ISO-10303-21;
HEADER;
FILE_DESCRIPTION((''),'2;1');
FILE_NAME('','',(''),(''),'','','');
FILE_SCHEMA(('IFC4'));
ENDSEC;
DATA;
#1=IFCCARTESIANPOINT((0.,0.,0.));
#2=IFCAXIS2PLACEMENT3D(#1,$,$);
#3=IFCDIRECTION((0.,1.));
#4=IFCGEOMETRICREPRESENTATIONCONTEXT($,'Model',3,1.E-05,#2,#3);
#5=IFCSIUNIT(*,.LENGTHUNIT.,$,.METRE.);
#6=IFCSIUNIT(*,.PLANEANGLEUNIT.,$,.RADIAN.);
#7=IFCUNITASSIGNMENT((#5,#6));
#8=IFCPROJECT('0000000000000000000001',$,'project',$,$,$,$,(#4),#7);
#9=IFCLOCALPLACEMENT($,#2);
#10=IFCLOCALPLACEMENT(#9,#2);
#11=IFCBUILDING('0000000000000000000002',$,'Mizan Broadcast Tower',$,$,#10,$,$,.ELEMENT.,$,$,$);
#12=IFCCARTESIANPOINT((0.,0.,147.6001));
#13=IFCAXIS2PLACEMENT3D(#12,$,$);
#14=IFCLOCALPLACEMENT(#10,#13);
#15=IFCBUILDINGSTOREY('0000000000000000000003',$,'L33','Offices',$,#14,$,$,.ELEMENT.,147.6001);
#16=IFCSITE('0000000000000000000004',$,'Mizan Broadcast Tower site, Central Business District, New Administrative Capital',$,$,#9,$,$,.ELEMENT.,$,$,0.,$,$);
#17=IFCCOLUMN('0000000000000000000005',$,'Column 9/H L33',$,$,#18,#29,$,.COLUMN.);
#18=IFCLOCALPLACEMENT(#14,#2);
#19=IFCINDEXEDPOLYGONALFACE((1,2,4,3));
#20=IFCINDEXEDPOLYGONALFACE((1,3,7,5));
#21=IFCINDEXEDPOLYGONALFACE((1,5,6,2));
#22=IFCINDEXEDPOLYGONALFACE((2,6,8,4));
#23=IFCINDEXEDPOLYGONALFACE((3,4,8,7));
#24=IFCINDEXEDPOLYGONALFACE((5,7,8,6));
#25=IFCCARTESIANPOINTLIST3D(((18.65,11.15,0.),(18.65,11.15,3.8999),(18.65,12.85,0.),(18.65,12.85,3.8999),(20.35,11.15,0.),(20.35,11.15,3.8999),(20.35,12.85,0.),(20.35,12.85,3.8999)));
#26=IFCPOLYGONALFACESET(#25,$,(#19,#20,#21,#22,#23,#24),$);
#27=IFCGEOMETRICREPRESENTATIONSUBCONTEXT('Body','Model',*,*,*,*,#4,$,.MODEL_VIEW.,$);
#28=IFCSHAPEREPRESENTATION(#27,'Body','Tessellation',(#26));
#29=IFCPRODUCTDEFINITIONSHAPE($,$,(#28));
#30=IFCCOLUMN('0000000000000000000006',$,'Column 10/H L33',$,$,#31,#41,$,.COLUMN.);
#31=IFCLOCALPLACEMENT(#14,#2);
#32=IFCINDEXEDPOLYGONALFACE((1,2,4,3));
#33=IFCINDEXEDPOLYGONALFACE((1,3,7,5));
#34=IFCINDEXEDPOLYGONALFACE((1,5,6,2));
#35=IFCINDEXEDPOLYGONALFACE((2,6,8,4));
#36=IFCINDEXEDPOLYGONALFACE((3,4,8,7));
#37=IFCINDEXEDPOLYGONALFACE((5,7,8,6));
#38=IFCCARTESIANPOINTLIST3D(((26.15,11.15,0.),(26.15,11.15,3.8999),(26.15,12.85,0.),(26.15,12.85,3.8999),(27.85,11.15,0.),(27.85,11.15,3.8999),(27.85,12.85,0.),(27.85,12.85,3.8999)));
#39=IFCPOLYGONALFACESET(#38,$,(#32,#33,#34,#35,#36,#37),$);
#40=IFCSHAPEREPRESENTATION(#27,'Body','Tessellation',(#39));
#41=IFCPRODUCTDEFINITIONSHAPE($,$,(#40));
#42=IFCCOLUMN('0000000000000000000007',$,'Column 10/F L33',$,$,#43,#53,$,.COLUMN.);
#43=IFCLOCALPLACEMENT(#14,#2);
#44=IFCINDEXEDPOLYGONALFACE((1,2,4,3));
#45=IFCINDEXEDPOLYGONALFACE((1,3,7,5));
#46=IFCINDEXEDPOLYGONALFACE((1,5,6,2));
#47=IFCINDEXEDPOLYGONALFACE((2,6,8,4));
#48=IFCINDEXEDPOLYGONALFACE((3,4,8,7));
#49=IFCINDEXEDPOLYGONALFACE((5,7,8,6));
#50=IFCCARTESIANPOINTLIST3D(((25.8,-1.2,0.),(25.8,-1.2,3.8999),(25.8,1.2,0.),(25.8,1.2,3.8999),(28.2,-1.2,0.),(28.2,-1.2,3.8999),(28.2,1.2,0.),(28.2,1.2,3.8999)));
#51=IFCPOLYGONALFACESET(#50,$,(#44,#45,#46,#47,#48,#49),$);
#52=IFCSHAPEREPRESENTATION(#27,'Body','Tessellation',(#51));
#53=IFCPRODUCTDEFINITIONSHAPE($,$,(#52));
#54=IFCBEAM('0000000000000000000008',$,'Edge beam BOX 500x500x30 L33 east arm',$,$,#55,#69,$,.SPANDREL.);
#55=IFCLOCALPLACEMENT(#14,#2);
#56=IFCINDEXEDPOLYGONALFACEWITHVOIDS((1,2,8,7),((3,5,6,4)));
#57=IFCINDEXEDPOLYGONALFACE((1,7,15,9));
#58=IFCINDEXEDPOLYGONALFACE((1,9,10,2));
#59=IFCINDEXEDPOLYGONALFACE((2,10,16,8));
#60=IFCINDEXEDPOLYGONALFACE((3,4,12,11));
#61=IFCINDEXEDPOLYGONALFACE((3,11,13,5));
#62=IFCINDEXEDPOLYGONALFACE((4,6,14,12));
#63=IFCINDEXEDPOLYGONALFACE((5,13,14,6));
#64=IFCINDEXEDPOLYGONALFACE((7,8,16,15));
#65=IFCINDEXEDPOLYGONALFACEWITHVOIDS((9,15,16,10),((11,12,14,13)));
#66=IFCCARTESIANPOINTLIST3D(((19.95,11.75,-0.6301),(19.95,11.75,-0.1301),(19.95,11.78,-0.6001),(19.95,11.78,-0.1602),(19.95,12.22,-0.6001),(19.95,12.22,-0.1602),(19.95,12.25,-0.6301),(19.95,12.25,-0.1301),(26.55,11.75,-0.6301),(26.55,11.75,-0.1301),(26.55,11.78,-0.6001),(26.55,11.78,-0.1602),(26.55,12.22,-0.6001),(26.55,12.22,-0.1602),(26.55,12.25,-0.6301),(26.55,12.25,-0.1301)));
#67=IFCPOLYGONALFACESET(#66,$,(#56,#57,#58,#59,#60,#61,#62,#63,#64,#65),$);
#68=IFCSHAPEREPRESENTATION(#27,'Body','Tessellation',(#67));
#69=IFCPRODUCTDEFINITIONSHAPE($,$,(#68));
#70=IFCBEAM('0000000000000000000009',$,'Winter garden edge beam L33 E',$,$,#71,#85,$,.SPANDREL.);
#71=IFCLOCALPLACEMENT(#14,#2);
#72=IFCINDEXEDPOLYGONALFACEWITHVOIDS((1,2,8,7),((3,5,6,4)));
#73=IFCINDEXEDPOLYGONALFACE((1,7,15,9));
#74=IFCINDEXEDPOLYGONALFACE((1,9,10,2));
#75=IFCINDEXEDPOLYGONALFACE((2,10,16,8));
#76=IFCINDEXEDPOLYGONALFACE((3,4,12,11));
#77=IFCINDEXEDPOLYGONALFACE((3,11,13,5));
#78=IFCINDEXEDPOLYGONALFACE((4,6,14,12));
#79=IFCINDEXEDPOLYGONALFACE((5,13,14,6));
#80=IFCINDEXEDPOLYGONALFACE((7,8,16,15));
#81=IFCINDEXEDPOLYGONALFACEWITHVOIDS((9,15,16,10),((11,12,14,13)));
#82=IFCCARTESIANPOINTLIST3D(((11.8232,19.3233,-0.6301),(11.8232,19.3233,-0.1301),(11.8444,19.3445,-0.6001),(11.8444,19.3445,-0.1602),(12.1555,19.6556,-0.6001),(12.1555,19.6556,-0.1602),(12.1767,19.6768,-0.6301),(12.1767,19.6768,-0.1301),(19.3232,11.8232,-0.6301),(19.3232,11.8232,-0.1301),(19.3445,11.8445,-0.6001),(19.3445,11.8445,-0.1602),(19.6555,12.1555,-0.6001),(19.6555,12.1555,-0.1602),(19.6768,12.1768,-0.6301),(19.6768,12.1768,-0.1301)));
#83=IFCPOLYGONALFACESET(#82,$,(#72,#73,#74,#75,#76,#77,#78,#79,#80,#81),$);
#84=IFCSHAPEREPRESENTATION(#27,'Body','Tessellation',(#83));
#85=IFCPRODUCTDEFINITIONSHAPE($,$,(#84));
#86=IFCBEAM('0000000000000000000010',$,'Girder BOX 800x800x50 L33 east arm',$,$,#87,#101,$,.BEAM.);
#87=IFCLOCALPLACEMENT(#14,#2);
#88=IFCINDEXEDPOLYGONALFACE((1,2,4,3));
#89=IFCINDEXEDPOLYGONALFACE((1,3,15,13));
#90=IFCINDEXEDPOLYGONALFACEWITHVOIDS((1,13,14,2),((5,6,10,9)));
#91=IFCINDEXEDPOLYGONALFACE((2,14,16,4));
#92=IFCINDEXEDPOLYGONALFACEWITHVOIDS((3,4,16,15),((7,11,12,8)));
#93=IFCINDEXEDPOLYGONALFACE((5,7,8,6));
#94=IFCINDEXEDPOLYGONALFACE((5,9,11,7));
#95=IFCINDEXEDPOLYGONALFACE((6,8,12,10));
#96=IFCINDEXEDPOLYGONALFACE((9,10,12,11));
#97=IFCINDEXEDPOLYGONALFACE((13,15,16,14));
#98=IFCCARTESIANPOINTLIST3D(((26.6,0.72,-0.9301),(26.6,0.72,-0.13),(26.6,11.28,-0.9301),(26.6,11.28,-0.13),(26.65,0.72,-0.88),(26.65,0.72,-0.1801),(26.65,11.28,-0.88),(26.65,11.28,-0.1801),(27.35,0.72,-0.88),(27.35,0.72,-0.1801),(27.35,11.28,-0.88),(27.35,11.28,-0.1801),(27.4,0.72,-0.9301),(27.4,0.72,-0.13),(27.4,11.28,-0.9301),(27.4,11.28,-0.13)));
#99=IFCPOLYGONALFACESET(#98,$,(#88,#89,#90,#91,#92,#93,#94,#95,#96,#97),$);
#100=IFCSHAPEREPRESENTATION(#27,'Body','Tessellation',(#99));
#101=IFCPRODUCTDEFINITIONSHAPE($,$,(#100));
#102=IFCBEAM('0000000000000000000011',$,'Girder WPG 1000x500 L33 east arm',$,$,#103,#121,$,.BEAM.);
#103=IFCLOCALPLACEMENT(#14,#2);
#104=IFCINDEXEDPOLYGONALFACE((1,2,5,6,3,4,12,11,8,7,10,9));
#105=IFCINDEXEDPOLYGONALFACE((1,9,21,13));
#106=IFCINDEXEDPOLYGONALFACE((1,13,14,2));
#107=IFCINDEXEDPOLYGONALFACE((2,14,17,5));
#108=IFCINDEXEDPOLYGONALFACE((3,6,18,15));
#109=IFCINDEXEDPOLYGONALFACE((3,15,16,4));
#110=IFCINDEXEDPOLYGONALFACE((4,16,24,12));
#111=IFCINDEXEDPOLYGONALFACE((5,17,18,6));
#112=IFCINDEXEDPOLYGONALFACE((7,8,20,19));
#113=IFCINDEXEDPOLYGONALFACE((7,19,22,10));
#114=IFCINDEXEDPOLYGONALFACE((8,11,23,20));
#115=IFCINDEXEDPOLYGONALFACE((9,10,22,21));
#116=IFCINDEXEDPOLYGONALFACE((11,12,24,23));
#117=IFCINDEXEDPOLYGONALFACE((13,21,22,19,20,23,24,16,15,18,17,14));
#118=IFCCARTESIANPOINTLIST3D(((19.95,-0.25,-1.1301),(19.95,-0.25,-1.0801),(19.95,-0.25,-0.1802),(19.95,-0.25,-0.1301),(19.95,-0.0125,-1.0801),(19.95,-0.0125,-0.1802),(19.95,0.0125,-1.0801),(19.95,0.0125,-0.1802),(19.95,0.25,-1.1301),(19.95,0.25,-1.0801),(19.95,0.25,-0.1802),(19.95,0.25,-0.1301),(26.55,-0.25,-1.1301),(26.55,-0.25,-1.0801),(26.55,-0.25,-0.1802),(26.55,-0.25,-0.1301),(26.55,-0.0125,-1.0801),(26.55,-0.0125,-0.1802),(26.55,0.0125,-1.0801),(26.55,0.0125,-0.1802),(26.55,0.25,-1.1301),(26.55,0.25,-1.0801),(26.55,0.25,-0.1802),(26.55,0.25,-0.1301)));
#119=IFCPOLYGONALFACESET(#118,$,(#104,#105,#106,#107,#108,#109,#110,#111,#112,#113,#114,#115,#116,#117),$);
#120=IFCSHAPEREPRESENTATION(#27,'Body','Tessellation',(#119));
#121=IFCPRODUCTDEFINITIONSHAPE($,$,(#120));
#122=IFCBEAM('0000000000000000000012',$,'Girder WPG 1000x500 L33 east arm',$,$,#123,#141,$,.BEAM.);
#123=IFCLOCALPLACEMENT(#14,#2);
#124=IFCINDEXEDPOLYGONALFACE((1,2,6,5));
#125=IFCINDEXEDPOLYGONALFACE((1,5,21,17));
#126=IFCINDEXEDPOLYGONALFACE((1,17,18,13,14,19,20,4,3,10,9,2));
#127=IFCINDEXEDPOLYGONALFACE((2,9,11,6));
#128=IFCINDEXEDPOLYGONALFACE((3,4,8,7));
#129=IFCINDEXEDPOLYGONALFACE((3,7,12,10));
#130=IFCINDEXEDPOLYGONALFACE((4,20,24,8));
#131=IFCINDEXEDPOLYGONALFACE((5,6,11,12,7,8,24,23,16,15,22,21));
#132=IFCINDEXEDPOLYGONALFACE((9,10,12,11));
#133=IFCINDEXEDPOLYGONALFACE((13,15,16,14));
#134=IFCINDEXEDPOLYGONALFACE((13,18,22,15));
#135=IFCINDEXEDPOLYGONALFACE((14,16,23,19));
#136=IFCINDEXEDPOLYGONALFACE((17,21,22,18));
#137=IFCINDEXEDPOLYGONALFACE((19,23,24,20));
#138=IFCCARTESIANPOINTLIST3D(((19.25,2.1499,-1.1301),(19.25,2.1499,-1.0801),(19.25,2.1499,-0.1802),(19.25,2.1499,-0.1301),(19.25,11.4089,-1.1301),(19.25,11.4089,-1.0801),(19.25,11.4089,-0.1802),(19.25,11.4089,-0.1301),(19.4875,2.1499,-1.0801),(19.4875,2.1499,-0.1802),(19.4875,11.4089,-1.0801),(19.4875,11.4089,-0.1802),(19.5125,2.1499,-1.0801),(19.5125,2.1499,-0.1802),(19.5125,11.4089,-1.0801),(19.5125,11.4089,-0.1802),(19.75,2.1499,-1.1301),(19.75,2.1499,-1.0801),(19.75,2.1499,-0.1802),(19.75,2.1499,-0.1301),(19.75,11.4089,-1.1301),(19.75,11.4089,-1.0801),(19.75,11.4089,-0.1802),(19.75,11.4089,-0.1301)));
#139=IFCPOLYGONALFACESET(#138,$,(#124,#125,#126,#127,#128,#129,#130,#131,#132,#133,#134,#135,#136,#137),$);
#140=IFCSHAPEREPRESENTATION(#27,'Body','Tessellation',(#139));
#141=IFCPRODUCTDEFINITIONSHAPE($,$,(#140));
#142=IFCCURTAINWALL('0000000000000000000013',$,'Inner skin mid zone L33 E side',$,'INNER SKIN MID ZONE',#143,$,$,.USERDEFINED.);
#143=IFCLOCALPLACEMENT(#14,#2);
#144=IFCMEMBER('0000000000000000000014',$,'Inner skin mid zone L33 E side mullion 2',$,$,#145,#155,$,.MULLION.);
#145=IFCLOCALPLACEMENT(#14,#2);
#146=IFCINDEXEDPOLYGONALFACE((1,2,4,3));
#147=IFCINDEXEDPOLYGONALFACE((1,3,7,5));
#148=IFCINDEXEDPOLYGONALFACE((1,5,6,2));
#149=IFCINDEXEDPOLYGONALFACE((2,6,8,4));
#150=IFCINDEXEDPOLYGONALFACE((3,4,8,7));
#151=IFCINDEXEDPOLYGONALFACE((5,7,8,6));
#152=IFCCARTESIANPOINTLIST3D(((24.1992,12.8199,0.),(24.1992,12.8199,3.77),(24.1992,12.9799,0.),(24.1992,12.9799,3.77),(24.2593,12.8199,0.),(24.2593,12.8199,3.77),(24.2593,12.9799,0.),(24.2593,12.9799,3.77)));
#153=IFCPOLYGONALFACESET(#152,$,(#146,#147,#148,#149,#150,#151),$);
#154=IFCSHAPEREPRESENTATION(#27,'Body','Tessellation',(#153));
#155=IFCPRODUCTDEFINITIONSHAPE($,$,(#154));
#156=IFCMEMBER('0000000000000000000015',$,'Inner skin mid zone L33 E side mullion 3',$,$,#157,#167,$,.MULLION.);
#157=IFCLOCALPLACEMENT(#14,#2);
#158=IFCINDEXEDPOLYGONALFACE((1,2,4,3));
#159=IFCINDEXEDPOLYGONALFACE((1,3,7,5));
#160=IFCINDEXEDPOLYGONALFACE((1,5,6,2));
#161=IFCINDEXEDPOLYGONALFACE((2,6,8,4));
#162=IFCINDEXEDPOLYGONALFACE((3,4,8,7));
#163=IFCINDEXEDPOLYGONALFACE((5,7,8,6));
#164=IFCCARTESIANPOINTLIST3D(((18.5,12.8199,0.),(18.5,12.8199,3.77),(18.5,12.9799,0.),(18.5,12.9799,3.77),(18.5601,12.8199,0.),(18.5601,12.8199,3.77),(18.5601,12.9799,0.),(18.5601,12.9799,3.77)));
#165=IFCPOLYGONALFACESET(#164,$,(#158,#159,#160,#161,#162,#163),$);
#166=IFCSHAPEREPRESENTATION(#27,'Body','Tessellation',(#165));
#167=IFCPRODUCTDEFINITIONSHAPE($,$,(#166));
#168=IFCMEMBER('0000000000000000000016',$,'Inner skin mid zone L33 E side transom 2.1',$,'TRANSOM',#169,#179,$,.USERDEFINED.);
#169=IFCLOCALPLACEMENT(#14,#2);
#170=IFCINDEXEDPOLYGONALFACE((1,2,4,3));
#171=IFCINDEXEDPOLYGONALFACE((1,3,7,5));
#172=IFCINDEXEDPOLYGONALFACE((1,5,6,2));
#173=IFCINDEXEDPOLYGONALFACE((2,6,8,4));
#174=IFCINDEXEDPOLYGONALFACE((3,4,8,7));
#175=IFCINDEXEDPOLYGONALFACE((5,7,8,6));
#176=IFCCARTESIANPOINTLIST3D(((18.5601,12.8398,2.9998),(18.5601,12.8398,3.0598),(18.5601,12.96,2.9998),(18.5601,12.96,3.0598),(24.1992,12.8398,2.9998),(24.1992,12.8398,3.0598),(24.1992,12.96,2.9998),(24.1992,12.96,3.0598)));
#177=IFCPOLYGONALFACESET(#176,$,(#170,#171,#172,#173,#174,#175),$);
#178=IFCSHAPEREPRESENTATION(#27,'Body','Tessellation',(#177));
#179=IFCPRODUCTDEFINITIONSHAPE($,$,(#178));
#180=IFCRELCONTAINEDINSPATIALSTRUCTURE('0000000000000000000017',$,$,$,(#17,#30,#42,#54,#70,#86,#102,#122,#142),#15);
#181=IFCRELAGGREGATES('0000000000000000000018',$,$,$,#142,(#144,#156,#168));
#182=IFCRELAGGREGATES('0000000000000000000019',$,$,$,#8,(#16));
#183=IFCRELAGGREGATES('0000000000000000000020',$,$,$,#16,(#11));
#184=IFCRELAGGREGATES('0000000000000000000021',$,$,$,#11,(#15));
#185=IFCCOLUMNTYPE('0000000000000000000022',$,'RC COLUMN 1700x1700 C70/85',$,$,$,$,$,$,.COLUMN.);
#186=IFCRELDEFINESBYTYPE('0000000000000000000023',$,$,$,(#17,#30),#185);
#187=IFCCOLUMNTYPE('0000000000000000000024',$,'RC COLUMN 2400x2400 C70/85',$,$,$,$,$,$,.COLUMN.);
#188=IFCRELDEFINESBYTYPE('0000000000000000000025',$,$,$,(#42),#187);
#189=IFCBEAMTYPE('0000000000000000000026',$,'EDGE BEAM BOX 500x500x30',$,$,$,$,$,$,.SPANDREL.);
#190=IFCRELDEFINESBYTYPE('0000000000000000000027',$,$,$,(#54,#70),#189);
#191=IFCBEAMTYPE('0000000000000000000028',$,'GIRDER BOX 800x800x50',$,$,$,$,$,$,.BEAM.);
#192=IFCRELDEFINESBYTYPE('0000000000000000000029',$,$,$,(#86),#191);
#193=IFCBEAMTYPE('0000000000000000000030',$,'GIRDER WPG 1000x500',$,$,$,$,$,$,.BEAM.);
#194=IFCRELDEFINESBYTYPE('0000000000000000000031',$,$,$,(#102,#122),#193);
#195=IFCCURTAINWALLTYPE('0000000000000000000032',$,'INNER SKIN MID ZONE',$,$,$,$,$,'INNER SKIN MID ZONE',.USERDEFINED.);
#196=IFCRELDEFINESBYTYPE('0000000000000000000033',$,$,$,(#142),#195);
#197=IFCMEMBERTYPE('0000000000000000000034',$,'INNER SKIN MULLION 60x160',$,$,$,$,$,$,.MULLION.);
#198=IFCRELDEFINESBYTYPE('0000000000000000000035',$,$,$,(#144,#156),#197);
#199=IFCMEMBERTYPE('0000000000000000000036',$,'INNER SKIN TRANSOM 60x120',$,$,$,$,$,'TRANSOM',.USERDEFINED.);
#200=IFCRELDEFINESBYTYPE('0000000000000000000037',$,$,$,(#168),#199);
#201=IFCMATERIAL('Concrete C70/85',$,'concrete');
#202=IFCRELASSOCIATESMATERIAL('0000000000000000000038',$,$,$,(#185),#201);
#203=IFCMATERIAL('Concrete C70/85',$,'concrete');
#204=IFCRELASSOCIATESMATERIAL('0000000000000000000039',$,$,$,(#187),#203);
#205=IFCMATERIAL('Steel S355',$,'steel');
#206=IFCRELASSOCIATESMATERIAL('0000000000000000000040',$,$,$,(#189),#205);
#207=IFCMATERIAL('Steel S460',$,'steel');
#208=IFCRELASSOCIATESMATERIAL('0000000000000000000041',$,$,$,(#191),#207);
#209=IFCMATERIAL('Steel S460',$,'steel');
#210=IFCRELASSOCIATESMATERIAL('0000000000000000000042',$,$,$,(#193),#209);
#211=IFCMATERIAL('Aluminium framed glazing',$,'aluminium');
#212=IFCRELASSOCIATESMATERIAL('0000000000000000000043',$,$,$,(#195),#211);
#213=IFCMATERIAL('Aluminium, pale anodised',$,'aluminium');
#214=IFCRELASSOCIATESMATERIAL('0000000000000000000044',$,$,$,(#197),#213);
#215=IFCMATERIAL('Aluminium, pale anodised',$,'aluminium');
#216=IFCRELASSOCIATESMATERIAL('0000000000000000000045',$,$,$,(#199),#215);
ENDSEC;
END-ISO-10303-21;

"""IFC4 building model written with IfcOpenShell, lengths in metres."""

from ifc_helpers import new_model, si_unit, direction, frame, origin, origin_2d, place, context, subcontext, project, spatial, rectangle, hollow_rectangle, i_section, extrude, material, material_profile, profile_set, type_object, element, aggregate, save


model = new_model("IFC4")

# Units and contexts
model_context = context("Model", 3, precision=1e-05, world=origin(), true_north=direction((0.0, 1.0)))
body_context = subcontext(model_context, "Body", "Model", "MODEL_VIEW")
ifc_project = project(units=[si_unit("LENGTHUNIT", "METRE"), si_unit("PLANEANGLEUNIT", "RADIAN")], contexts=[model_context])

# Site, building, storey
site_placement = place(None, origin())
site = spatial("IfcSite", under=ifc_project, at=site_placement, Name="Mizan Broadcast Tower site, Central Business District, New Administrative Capital", CompositionType="ELEMENT", RefElevation=0.0)
building_placement = place(site_placement, origin())
building = spatial("IfcBuilding", under=site, at=building_placement, Name="Mizan Broadcast Tower", CompositionType="ELEMENT")
storey_placement = place(building_placement, frame((0.0, 0.0, 147.6001)))
storey = spatial("IfcBuildingStorey", under=building, at=storey_placement, Name="L33", Description="Offices", CompositionType="ELEMENT", Elevation=147.6001)

# Columns
ifc_material_1 = material(Name="Concrete C70/85", Category="concrete")
ifc_material_profile_1 = material_profile(ifc_material_1, rectangle(XDim=1.7, YDim=1.7, at=origin_2d()), Name="RC 1700x1700")
ifc_profile_set_1 = profile_set([ifc_material_profile_1], Name="Concrete C70/85")
column_type_1 = type_object("IfcColumnType", Name="RC COLUMN 1700x1700 C70/85", PredefinedType="COLUMN", material=ifc_profile_set_1)
for number, where, z_axis, x_axis, name in (
    (1, (19.5, 12.0, 0.0), (0.0, 0.0, 1.0), (1.0, 0.0, 0.0), "Column 9/H L33"),
    (2, (27.0, 12.0, 0.0), (0.0, 0.0, 1.0), (1.0, 0.0, 0.0), "Column 10/H L33"),
):
    element("IfcColumn", number, at=place(storey_placement, frame(where, z_axis=z_axis, x_axis=x_axis)), inside=storey, type_object=column_type_1, Name=name, PredefinedType="COLUMN", context=body_context, shape_type="SweptSolid", body=[
        extrude(rectangle(XDim=1.7, YDim=1.7, at=origin_2d()), origin(), (0.0, 0.0, 1.0), 3.8999),
    ])
ifc_material_2 = material(Name="Concrete C70/85", Category="concrete")
ifc_material_profile_2 = material_profile(ifc_material_2, rectangle(XDim=2.3999, YDim=2.3999, at=origin_2d()), Name="RC 2400x2400")
ifc_profile_set_2 = profile_set([ifc_material_profile_2], Name="Concrete C70/85")
column_type_2 = type_object("IfcColumnType", Name="RC COLUMN 2400x2400 C70/85", PredefinedType="COLUMN", material=ifc_profile_set_2)
column_placement = place(storey_placement, frame((27.0, 0.0, 0.0), z_axis=(0.0, 0.0, 1.0), x_axis=(1.0, 0.0, 0.0)))
element("IfcColumn", 3, at=column_placement, inside=storey, type_object=column_type_2, Name="Column 10/F L33", PredefinedType="COLUMN", context=body_context, shape_type="SweptSolid", body=[
    extrude(rectangle(XDim=2.3999, YDim=2.3999, at=origin_2d()), origin(), (0.0, 0.0, 1.0), 3.8999),
])

# Beams
ifc_material_3 = material(Name="Steel S355", Category="steel")
ifc_material_profile_3 = material_profile(ifc_material_3, hollow_rectangle(XDim=0.5, YDim=0.5, WallThickness=0.03, at=origin_2d()), Name="BOX 500x500x30")
ifc_profile_set_3 = profile_set([ifc_material_profile_3], Name="Steel S355")
beam_type_1 = type_object("IfcBeamType", Name="EDGE BEAM BOX 500x500x30", PredefinedType="SPANDREL", material=ifc_profile_set_3)
beam_1_placement = place(storey_placement, frame((19.95, 12.0, -0.3801), z_axis=(1.0, 0.0, 0.0), x_axis=(0.0, 1.0, 0.0)))
element("IfcBeam", 4, at=beam_1_placement, inside=storey, type_object=beam_type_1, Name="Edge beam BOX 500x500x30 L33 east arm", PredefinedType="SPANDREL", context=body_context, shape_type="SweptSolid", body=[
    extrude(hollow_rectangle(XDim=0.5, YDim=0.5, WallThickness=0.03, at=origin_2d()), origin(), (0.0, 0.0, 1.0), 6.6001),
])
beam_2_placement = place(storey_placement, frame((19.5, 12.0, -0.3801), z_axis=(-0.707107, 0.707107, 0.0), x_axis=(-0.707107, -0.707107, 0.0)))
element("IfcBeam", 5, at=beam_2_placement, inside=storey, type_object=beam_type_1, Name="Winter garden edge beam L33 E", PredefinedType="SPANDREL", context=body_context, shape_type="SweptSolid", body=[
    extrude(hollow_rectangle(XDim=0.5, YDim=0.5, WallThickness=0.03, at=origin_2d()), origin(), (0.0, 0.0, 1.0), 10.6067),
])
ifc_material_4 = material(Name="Steel S460", Category="steel")
ifc_material_profile_4 = material_profile(ifc_material_4, hollow_rectangle(XDim=0.8, YDim=0.8, WallThickness=0.05, at=origin_2d()), Name="BOX 800x800x50")
ifc_profile_set_4 = profile_set([ifc_material_profile_4], Name="Steel S460")
beam_type_2 = type_object("IfcBeamType", Name="GIRDER BOX 800x800x50", PredefinedType="BEAM", material=ifc_profile_set_4)
beam_3_placement = place(storey_placement, frame((27.0, 11.28, -0.53), z_axis=(0.0, -1.0, 0.0), x_axis=(1.0, 0.0, 0.0)))
element("IfcBeam", 6, at=beam_3_placement, inside=storey, type_object=beam_type_2, Name="Girder BOX 800x800x50 L33 east arm", PredefinedType="BEAM", context=body_context, shape_type="SweptSolid", body=[
    extrude(hollow_rectangle(XDim=0.8, YDim=0.8, WallThickness=0.05, at=origin_2d()), origin(), (0.0, 0.0, 1.0), 10.5601),
])
ifc_material_5 = material(Name="Steel S460", Category="steel")
ifc_material_profile_5 = material_profile(ifc_material_5, i_section(OverallWidth=0.5, OverallDepth=1.0, WebThickness=0.0249, FlangeThickness=0.05, at=origin_2d()), Name="WPG 1000x500")
ifc_profile_set_5 = profile_set([ifc_material_profile_5], Name="Steel S460")
beam_type_3 = type_object("IfcBeamType", Name="GIRDER WPG 1000x500", PredefinedType="BEAM", material=ifc_profile_set_5)
beam_4_placement = place(storey_placement, frame((19.95, 0.0, -0.6301), z_axis=(1.0, 0.0, 0.0), x_axis=(0.0, 1.0, 0.0)))
element("IfcBeam", 7, at=beam_4_placement, inside=storey, type_object=beam_type_3, Name="Girder WPG 1000x500 L33 east arm", PredefinedType="BEAM", context=body_context, shape_type="SweptSolid", body=[
    extrude(i_section(OverallWidth=0.5, OverallDepth=1.0, WebThickness=0.0249, FlangeThickness=0.05, at=origin_2d()), origin(), (0.0, 0.0, 1.0), 6.6001),
])
beam_5_placement = place(storey_placement, frame((19.5, 11.4089, -0.6301), z_axis=(0.0, -1.0, 0.0), x_axis=(1.0, 0.0, 0.0)))
element("IfcBeam", 8, at=beam_5_placement, inside=storey, type_object=beam_type_3, Name="Girder WPG 1000x500 L33 east arm", PredefinedType="BEAM", context=body_context, shape_type="SweptSolid", body=[
    extrude(i_section(OverallWidth=0.5, OverallDepth=1.0, WebThickness=0.0249, FlangeThickness=0.05, at=origin_2d()), origin(), (0.0, 0.0, 1.0), 9.259),
])

# Curtain wall, members
ifc_material_6 = material(Name="Aluminium framed glazing", Category="aluminium")
curtain_wall_type_1 = type_object("IfcCurtainWallType", Name="INNER SKIN MID ZONE", ElementType="INNER SKIN MID ZONE", PredefinedType="USERDEFINED", material=ifc_material_6)
curtain_wall_1_placement = place(storey_placement, origin())
curtain_wall_1 = element("IfcCurtainWall", 9, at=curtain_wall_1_placement, inside=storey, type_object=curtain_wall_type_1, Name="Inner skin mid zone L33 E side", ObjectType="INNER SKIN MID ZONE", PredefinedType="USERDEFINED")
ifc_material_7 = material(Name="Aluminium, pale anodised", Category="aluminium")
ifc_material_profile_6 = material_profile(ifc_material_7, rectangle(XDim=0.1599, YDim=0.0601, at=origin_2d()), Name="MULLION 160x60")
ifc_profile_set_6 = profile_set([ifc_material_profile_6], Name="Aluminium, pale anodised")
member_type_1 = type_object("IfcMemberType", Name="INNER SKIN MULLION 60x160", PredefinedType="MULLION", material=ifc_profile_set_6)
member_1_placement = place(storey_placement, frame((24.2292, 12.8999, 0.0), z_axis=(0.0, 0.0, 1.0), x_axis=(0.0, -1.0, 0.0)))
member_1 = element("IfcMember", 10, at=member_1_placement, type_object=member_type_1, Name="Inner skin mid zone L33 E side mullion 2", PredefinedType="MULLION", context=body_context, shape_type="SweptSolid", body=[
    extrude(rectangle(XDim=0.1599, YDim=0.0601, at=origin_2d()), origin(), (0.0, 0.0, 1.0), 3.77),
])
member_2_placement = place(storey_placement, frame((18.53, 12.8999, 0.0), z_axis=(0.0, 0.0, 1.0), x_axis=(0.0, -1.0, 0.0)))
member_2 = element("IfcMember", 11, at=member_2_placement, type_object=member_type_1, Name="Inner skin mid zone L33 E side mullion 3", PredefinedType="MULLION", context=body_context, shape_type="SweptSolid", body=[
    extrude(rectangle(XDim=0.1599, YDim=0.0601, at=origin_2d()), origin(), (0.0, 0.0, 1.0), 3.77),
])
ifc_material_8 = material(Name="Aluminium, pale anodised", Category="aluminium")
ifc_material_profile_7 = material_profile(ifc_material_8, rectangle(XDim=0.1201, YDim=0.0601, at=origin_2d()), Name="TRANSOM 120x60")
ifc_profile_set_7 = profile_set([ifc_material_profile_7], Name="Aluminium, pale anodised")
member_type_2 = type_object("IfcMemberType", Name="INNER SKIN TRANSOM 60x120", ElementType="TRANSOM", PredefinedType="USERDEFINED", material=ifc_profile_set_7)
member_3_placement = place(storey_placement, frame((24.1992, 12.8999, 3.0298), z_axis=(-1.0, 0.0, 0.0), x_axis=(0.0, -1.0, 0.0)))
member_3 = element("IfcMember", 12, at=member_3_placement, type_object=member_type_2, Name="Inner skin mid zone L33 E side transom 2.1", ObjectType="TRANSOM", PredefinedType="USERDEFINED", context=body_context, shape_type="SweptSolid", body=[
    extrude(rectangle(XDim=0.1201, YDim=0.0601, at=origin_2d()), origin(), (0.0, 0.0, 1.0), 5.6392),
])

aggregate(curtain_wall_1, [member_1, member_2, member_3])

save(model, "model.ifc")
